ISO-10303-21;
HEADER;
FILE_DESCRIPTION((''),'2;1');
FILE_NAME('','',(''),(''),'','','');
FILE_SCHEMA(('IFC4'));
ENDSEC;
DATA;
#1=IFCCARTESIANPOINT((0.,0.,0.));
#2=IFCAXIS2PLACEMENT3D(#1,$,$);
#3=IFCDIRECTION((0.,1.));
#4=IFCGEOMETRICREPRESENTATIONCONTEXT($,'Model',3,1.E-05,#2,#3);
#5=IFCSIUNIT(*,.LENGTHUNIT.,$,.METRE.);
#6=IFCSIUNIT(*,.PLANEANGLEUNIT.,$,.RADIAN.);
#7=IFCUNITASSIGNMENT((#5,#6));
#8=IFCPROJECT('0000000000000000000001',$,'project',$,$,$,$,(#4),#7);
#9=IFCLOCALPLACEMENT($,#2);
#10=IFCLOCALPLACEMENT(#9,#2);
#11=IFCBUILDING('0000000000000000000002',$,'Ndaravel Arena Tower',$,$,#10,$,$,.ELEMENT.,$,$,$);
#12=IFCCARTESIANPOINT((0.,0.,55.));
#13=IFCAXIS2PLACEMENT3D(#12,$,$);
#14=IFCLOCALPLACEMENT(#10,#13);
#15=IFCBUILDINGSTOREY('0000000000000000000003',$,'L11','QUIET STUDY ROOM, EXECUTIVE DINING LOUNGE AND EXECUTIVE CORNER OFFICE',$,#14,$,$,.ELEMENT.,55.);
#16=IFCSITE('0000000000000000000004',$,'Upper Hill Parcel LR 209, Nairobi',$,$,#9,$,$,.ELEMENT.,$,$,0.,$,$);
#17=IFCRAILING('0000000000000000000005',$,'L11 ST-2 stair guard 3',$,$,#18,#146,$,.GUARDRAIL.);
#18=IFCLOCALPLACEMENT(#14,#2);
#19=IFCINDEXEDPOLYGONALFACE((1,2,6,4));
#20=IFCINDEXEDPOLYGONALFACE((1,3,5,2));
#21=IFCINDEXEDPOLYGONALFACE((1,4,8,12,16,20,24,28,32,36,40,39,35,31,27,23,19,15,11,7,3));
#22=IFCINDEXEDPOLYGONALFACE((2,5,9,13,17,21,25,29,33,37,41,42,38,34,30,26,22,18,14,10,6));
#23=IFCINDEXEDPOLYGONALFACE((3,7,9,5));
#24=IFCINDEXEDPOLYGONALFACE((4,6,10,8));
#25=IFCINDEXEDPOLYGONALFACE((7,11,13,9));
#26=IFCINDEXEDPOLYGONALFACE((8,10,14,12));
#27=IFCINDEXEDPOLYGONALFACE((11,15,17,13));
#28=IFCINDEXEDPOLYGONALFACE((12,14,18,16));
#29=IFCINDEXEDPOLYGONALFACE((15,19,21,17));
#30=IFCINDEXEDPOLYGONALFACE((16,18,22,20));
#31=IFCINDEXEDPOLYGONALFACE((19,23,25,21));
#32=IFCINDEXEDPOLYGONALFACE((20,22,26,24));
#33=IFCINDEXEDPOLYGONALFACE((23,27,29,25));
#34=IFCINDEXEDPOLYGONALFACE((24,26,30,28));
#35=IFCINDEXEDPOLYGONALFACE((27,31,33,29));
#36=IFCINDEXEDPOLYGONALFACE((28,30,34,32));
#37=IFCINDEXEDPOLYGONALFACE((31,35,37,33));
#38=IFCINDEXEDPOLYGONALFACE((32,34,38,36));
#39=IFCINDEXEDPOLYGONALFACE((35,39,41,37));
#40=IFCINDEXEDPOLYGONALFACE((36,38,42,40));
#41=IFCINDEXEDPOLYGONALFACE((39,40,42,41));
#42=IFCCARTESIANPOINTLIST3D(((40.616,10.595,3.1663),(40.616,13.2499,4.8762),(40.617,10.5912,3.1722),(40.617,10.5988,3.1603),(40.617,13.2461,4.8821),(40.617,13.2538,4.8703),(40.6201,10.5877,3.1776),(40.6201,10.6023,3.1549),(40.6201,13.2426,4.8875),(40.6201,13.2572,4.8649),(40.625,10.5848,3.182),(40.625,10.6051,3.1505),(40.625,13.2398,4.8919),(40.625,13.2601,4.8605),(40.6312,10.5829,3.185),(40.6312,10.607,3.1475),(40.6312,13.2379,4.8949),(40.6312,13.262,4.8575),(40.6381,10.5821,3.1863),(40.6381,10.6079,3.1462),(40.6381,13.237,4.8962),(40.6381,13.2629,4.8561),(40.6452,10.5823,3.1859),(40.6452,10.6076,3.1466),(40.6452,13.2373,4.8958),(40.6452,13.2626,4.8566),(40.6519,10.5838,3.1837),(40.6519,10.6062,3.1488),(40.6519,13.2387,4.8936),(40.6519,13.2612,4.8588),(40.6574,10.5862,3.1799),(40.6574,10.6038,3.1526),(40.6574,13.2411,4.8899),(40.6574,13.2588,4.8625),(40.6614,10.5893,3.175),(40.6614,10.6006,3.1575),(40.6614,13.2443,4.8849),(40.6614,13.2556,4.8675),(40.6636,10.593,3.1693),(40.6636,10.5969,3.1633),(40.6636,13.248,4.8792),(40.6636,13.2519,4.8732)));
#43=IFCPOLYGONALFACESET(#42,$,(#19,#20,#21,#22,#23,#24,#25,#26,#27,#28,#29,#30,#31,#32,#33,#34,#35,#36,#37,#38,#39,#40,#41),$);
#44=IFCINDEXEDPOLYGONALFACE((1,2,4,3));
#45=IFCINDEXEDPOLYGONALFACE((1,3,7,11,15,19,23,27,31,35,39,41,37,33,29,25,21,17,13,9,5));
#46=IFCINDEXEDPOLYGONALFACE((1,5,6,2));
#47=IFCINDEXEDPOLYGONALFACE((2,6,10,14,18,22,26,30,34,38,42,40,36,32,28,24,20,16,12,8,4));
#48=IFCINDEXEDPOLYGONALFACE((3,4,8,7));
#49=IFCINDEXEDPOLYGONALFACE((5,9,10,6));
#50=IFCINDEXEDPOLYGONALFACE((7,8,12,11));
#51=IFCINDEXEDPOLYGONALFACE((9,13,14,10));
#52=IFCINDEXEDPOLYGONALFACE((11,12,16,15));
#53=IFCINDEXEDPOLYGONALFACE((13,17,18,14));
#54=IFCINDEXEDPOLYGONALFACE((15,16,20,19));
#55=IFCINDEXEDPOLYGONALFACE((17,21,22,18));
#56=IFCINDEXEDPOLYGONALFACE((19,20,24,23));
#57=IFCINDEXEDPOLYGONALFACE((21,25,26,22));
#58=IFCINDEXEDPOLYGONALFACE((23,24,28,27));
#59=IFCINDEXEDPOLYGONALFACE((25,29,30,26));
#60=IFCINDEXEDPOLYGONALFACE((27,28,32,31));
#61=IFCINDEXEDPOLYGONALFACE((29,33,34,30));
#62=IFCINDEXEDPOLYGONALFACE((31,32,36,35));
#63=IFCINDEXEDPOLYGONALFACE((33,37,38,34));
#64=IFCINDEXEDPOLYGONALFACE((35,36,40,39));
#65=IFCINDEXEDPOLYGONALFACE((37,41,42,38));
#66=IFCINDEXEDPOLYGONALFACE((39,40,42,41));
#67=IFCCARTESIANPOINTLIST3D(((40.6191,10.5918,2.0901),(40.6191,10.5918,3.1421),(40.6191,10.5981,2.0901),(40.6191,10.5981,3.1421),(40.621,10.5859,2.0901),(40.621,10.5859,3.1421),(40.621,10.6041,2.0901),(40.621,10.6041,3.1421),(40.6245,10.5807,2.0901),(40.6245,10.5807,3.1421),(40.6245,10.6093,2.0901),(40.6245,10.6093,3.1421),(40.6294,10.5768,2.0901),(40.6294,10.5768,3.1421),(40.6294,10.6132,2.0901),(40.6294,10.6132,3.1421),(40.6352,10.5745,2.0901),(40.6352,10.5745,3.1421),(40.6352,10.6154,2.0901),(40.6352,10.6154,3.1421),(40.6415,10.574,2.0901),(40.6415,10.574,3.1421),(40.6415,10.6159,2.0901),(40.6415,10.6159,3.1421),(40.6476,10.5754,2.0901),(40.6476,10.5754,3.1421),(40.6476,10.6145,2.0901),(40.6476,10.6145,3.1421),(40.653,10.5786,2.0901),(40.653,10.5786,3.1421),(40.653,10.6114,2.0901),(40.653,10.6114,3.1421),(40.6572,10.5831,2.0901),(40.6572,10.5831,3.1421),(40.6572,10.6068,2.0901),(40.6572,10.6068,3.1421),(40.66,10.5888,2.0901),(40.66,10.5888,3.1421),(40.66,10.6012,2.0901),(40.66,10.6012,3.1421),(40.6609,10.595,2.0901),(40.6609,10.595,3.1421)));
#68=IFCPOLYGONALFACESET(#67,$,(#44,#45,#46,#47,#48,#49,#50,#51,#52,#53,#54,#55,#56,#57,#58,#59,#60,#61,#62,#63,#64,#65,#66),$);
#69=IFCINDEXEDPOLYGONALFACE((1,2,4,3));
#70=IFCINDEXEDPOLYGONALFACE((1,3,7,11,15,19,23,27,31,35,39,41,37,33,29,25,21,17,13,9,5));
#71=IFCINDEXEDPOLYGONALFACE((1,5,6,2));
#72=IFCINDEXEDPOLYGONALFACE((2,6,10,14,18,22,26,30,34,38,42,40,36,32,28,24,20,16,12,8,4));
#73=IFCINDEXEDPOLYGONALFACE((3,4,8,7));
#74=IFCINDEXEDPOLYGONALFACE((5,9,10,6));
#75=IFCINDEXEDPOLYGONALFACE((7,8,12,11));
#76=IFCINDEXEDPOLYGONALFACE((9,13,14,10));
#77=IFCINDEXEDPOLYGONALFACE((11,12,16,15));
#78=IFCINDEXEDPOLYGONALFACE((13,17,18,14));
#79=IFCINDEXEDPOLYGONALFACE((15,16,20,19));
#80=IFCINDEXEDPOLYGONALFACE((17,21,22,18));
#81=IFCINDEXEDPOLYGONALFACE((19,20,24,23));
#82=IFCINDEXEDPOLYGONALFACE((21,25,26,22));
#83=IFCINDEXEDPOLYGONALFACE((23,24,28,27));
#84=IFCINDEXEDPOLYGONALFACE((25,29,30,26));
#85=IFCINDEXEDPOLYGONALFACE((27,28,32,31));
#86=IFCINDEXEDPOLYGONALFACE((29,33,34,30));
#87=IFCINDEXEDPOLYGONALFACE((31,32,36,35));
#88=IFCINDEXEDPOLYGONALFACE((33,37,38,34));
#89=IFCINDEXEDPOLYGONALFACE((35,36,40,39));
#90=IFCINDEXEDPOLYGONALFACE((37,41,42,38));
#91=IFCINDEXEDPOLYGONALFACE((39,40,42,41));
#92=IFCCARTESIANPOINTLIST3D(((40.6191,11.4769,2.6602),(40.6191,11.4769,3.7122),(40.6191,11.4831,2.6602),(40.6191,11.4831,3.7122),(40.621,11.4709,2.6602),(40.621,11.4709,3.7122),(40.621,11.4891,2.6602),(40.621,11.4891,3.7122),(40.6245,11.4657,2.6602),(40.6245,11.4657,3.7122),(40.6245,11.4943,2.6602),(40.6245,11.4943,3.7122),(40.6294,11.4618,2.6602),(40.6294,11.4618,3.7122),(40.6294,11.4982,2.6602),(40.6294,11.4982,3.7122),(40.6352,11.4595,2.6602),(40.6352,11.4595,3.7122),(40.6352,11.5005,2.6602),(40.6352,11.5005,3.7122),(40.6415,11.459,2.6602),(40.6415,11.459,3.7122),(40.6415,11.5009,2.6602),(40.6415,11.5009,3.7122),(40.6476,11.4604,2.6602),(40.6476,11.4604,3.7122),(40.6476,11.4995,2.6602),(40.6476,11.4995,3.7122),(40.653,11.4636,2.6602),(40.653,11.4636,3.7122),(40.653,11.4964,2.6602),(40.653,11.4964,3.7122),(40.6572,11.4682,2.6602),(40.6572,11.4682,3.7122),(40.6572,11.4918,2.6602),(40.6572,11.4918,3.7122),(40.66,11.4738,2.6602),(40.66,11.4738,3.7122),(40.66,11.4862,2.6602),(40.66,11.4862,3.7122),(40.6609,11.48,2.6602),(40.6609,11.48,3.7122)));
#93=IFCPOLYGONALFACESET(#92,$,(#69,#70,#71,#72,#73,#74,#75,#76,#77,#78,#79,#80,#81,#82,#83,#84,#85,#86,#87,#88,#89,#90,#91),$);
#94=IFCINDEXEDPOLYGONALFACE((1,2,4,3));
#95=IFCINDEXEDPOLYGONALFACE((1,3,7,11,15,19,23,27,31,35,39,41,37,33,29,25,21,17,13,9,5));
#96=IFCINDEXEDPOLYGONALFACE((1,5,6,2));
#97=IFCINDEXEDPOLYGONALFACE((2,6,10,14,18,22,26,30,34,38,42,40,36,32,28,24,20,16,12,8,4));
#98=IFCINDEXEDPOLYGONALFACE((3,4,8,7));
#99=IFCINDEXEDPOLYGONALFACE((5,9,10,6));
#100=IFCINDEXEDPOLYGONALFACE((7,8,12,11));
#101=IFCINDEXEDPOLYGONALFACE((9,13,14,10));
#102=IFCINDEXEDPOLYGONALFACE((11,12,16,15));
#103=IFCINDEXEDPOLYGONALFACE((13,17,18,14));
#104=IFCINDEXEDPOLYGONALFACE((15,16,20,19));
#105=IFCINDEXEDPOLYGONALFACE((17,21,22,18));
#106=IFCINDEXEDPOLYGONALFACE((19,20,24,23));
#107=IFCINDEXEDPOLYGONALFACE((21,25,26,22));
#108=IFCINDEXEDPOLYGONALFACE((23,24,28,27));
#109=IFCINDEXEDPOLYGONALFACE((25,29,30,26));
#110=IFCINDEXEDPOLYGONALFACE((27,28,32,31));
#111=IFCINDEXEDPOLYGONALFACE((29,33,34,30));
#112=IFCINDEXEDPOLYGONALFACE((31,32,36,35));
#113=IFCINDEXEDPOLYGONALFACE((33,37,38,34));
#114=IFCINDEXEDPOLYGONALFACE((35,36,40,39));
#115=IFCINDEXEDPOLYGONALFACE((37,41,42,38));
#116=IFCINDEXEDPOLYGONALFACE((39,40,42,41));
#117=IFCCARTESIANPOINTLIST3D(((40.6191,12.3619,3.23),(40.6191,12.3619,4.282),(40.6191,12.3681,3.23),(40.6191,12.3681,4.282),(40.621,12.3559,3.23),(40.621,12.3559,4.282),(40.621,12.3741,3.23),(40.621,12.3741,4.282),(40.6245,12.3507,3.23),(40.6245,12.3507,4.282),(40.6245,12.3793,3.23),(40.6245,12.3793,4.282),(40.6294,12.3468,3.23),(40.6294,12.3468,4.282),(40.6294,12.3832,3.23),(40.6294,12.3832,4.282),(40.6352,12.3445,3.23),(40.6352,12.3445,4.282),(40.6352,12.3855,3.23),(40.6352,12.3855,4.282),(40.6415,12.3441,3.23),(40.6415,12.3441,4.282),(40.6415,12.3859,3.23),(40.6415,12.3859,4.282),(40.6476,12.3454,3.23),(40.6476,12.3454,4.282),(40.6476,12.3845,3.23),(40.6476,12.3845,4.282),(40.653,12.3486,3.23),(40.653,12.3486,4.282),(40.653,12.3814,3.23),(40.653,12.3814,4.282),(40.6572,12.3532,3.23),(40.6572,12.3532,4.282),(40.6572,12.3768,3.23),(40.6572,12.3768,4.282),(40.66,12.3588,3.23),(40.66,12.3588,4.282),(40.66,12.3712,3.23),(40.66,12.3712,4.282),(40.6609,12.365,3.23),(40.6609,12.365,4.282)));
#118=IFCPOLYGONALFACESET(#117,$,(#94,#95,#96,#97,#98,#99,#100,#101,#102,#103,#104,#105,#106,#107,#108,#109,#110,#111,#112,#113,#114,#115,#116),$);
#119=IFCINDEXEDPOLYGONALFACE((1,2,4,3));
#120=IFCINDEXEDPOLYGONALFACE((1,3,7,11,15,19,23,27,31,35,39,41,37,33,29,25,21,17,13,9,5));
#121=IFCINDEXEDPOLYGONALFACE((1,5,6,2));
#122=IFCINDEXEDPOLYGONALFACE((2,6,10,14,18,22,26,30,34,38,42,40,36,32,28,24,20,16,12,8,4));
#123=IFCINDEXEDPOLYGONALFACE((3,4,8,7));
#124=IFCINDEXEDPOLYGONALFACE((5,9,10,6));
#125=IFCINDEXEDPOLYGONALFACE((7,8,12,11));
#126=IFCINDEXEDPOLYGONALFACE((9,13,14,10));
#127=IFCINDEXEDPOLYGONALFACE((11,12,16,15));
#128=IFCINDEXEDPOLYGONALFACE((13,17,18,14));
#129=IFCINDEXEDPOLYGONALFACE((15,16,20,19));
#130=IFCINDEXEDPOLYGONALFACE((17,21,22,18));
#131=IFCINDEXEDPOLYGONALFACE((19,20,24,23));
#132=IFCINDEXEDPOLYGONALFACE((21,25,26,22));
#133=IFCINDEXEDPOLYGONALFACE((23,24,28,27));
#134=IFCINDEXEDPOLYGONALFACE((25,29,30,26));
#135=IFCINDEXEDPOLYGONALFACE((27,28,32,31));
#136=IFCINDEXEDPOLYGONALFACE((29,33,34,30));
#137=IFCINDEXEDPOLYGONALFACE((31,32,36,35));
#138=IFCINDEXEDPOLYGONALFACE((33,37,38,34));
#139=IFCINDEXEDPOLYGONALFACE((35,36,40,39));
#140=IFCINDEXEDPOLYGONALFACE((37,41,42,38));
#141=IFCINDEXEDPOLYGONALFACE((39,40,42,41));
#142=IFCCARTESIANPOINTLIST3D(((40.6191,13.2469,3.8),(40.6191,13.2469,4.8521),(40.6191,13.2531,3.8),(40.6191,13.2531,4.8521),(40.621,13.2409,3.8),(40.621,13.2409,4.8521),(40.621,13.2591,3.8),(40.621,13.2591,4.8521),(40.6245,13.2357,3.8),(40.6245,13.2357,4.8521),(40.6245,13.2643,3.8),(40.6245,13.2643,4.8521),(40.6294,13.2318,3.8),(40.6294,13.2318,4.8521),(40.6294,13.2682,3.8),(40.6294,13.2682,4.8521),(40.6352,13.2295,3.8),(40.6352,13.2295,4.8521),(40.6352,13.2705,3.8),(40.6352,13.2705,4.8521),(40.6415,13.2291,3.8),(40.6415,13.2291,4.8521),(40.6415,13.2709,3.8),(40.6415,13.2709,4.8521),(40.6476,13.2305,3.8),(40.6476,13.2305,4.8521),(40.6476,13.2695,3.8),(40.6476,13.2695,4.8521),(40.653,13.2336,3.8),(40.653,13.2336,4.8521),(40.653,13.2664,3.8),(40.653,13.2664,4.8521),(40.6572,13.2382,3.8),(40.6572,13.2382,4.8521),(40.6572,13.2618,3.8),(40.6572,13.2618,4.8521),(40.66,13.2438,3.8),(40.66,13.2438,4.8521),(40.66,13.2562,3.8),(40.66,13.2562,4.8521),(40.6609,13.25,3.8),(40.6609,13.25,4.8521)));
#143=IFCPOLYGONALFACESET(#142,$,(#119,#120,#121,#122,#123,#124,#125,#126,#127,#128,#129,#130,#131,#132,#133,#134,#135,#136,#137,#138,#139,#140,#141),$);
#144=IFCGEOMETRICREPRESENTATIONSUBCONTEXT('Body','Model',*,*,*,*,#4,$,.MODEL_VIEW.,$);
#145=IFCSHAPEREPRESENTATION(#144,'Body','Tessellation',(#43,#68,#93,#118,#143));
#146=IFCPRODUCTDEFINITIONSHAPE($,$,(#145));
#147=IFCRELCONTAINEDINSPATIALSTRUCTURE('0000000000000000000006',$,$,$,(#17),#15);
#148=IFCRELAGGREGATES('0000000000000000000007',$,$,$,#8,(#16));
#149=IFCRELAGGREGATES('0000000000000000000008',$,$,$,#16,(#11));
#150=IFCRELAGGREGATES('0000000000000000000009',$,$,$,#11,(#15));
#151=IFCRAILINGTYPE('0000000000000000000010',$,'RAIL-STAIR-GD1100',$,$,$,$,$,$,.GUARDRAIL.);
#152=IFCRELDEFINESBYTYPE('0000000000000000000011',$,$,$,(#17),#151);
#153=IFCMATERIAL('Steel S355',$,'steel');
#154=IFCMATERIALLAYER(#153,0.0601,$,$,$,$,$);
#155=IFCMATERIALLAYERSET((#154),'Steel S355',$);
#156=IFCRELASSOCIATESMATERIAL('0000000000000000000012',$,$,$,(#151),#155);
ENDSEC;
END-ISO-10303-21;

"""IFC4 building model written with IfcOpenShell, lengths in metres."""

from ifc_helpers import new_model, si_unit, direction, frame, origin, origin_2d, place, context, subcontext, project, spatial, circle, extrude, material, layer, layer_set, type_object, element, save


model = new_model("IFC4")

# Units and contexts
model_context = context("Model", 3, precision=1e-05, world=origin(), true_north=direction((0.0, 1.0)))
body_context = subcontext(model_context, "Body", "Model", "MODEL_VIEW")
ifc_project = project(units=[si_unit("LENGTHUNIT", "METRE"), si_unit("PLANEANGLEUNIT", "RADIAN")], contexts=[model_context])

# Site, building, storey
site_placement = place(None, origin())
site = spatial("IfcSite", under=ifc_project, at=site_placement, Name="Upper Hill Parcel LR 209, Nairobi", CompositionType="ELEMENT", RefElevation=0.0)
building_placement = place(site_placement, origin())
building = spatial("IfcBuilding", under=site, at=building_placement, Name="Ndaravel Arena Tower", CompositionType="ELEMENT")
storey_placement = place(building_placement, frame((0.0, 0.0, 55.0)))
storey = spatial("IfcBuildingStorey", under=building, at=storey_placement, Name="L11", Description="QUIET STUDY ROOM, EXECUTIVE DINING LOUNGE AND EXECUTIVE CORNER OFFICE", CompositionType="ELEMENT", Elevation=55.0)

# Railing
ifc_material_1 = material(Name="Steel S355", Category="steel")
ifc_layer_1 = layer(ifc_material_1, 0.0601)
ifc_layer_set_1 = layer_set([ifc_layer_1], Name="Steel S355")
railing_type_1 = type_object("IfcRailingType", Name="RAIL-STAIR-GD1100", PredefinedType="GUARDRAIL", material=ifc_layer_set_1)
railing_1_placement = place(storey_placement, frame((40.6399, 10.595, 2.0901)))
element("IfcRailing", 1, at=railing_1_placement, inside=storey, type_object=railing_type_1, Name="L11 ST-2 stair guard 3", PredefinedType="GUARDRAIL", context=body_context, shape_type="SweptSolid", body=[
    extrude(circle(Radius=0.0239, at=origin_2d()), frame((0.0, 0.0, 1.0762), z_axis=(0.0, 0.840724, 0.541465), x_axis=(-1.0, 0.0, 0.0)), (0.0, 0.0, 1.0), 3.158),
    extrude(circle(Radius=0.021, at=origin_2d()), origin(), (0.0, 0.0, 1.0), 1.052),
    extrude(circle(Radius=0.021, at=origin_2d()), frame((0.0, 0.885, 0.5701)), (0.0, 0.0, 1.0), 1.052),
    extrude(circle(Radius=0.021, at=origin_2d()), frame((0.0, 1.77, 1.1399)), (0.0, 0.0, 1.0), 1.052),
    extrude(circle(Radius=0.021, at=origin_2d()), frame((0.0, 2.655, 1.71)), (0.0, 0.0, 1.0), 1.052),
])

save(model, "model.ifc")
